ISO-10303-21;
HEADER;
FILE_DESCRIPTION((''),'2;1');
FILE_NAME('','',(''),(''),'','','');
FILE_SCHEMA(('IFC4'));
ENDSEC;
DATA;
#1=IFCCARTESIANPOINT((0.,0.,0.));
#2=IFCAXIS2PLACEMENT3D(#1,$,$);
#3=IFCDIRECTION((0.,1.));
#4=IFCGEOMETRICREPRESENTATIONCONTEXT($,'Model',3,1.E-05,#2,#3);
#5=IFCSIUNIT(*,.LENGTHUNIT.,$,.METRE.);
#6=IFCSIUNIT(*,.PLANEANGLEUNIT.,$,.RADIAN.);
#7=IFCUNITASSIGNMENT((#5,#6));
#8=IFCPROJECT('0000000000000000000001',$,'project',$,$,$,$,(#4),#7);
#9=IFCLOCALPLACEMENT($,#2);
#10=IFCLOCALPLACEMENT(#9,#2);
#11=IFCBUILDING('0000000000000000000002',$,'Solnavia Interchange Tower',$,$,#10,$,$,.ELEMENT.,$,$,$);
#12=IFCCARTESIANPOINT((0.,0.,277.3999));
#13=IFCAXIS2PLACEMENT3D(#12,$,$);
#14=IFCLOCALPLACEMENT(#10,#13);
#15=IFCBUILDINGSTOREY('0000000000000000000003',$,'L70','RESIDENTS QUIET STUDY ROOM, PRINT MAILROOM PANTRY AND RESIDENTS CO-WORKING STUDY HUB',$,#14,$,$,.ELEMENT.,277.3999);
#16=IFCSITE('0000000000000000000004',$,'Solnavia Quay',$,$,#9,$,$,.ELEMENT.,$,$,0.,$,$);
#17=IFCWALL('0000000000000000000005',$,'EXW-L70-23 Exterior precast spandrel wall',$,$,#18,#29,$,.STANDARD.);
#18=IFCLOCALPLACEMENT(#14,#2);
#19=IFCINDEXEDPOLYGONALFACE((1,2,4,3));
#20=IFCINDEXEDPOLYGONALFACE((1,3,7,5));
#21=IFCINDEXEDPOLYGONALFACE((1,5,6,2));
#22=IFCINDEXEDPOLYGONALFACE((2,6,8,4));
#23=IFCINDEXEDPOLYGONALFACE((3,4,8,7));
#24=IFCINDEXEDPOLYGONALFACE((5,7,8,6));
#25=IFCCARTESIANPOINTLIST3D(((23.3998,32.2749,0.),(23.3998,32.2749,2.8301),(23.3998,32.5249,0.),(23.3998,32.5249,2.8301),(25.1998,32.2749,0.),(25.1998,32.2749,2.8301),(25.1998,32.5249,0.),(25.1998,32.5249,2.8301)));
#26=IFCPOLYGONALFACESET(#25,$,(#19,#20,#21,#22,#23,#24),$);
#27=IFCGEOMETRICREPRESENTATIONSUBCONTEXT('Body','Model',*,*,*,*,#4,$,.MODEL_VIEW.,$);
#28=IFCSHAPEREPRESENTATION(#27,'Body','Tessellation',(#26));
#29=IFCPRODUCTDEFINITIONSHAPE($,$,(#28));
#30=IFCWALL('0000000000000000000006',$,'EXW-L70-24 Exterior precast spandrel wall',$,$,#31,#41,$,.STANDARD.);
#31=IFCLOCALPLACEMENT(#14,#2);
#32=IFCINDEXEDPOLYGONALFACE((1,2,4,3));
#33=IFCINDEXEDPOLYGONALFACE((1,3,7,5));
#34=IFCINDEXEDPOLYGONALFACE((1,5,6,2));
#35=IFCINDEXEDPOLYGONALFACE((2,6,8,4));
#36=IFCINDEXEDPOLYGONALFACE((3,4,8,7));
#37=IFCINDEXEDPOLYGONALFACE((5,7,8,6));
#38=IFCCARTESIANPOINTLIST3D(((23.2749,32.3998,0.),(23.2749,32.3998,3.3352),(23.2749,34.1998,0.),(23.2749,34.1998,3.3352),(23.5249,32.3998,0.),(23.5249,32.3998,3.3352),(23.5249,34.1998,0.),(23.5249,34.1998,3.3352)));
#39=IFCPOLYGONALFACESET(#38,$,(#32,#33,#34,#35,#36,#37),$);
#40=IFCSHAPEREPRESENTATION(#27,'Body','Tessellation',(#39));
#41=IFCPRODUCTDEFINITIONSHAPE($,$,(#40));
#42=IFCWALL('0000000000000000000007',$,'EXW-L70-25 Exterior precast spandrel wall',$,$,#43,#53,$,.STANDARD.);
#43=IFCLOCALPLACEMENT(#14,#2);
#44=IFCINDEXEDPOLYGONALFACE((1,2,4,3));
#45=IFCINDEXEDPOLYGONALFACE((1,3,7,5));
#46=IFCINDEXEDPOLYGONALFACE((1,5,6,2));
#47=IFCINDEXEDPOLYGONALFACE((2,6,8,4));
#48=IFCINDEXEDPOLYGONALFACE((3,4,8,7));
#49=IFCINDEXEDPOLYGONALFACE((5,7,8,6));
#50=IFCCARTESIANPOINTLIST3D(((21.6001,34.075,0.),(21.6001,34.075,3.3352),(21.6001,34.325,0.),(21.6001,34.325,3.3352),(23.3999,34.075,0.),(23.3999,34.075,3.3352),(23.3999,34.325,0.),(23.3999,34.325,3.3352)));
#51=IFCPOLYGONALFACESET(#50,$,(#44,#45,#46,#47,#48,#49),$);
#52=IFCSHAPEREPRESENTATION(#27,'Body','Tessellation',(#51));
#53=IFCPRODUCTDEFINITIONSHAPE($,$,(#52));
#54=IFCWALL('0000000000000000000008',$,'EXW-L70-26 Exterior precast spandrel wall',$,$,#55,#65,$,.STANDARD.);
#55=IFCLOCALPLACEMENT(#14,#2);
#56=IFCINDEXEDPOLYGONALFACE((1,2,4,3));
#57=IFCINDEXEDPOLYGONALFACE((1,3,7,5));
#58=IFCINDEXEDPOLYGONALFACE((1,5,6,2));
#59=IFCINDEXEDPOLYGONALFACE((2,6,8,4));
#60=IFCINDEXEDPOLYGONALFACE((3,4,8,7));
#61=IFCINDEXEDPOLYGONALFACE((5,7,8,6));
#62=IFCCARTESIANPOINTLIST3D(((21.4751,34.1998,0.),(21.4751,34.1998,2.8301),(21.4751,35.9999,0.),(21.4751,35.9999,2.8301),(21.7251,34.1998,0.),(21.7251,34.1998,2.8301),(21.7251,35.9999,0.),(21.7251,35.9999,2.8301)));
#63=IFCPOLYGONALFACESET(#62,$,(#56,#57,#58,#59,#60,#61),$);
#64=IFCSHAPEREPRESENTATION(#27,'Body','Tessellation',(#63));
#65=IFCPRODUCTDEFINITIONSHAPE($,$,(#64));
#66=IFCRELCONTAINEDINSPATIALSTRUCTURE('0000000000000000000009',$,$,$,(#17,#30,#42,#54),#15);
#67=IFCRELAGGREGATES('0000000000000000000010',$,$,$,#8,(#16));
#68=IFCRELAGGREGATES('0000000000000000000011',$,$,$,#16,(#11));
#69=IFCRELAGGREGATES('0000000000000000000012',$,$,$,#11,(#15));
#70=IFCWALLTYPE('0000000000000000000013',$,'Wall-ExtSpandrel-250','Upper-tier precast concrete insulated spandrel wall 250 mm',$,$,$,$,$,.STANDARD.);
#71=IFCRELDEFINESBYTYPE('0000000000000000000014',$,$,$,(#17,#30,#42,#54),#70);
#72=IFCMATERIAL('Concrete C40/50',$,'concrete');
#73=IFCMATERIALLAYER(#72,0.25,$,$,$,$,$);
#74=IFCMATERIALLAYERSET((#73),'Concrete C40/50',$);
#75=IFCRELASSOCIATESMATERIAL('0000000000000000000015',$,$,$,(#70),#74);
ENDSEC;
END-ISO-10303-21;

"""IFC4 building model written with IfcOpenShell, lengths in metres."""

from ifc_helpers import new_model, si_unit, direction, frame, frame_2d, origin, place, context, subcontext, project, spatial, rectangle, extrude, material, layer, layer_set, type_object, element, save


model = new_model("IFC4")

# Units and contexts
model_context = context("Model", 3, precision=1e-05, world=origin(), true_north=direction((0.0, 1.0)))
body_context = subcontext(model_context, "Body", "Model", "MODEL_VIEW")
ifc_project = project(units=[si_unit("LENGTHUNIT", "METRE"), si_unit("PLANEANGLEUNIT", "RADIAN")], contexts=[model_context])

# Site, building, storey
site_placement = place(None, origin())
site = spatial("IfcSite", under=ifc_project, at=site_placement, Name="Solnavia Quay", CompositionType="ELEMENT", RefElevation=0.0)
building_placement = place(site_placement, origin())
building = spatial("IfcBuilding", under=site, at=building_placement, Name="Solnavia Interchange Tower", CompositionType="ELEMENT")
storey_placement = place(building_placement, frame((0.0, 0.0, 277.3999)))
storey = spatial("IfcBuildingStorey", under=building, at=storey_placement, Name="L70", Description="RESIDENTS QUIET STUDY ROOM, PRINT MAILROOM PANTRY AND RESIDENTS CO-WORKING STUDY HUB", CompositionType="ELEMENT", Elevation=277.3999)

# Shared definitions
ifc_material_1 = material(Name="Concrete C40/50", Category="concrete")
ifc_layer = layer(ifc_material_1, 0.25)
ifc_layer_set = layer_set([ifc_layer], Name="Concrete C40/50")
wall_type = type_object("IfcWallType", Name="Wall-ExtSpandrel-250", Description="Upper-tier precast concrete insulated spandrel wall 250 mm", PredefinedType="STANDARD", material=ifc_layer_set)

# Walls
wall_1_placement = place(storey_placement, frame((23.3999, 32.3999, 0.0), z_axis=(0.0, 0.0, 1.0), x_axis=(1.0, 0.0, 0.0)))
element("IfcWall", 1, at=wall_1_placement, inside=storey, type_object=wall_type, Name="EXW-L70-23 Exterior precast spandrel wall", PredefinedType="STANDARD", context=body_context, shape_type="SweptSolid", body=[
    extrude(rectangle(XDim=1.8, YDim=0.25, at=frame_2d((0.8999, 0.0))), origin(), (0.0, 0.0, 1.0), 2.8301),
])
wall_2_placement = place(storey_placement, frame((23.3999, 32.3999, 0.0), z_axis=(0.0, 0.0, 1.0), x_axis=(0.0, 1.0, 0.0)))
element("IfcWall", 2, at=wall_2_placement, inside=storey, type_object=wall_type, Name="EXW-L70-24 Exterior precast spandrel wall", PredefinedType="STANDARD", context=body_context, shape_type="SweptSolid", body=[
    extrude(rectangle(XDim=1.8, YDim=0.25, at=frame_2d((0.8999, 0.0))), origin(), (0.0, 0.0, 1.0), 3.3352),
])
wall_3_placement = place(storey_placement, frame((21.6001, 34.2, 0.0), z_axis=(0.0, 0.0, 1.0), x_axis=(1.0, 0.0, 0.0)))
element("IfcWall", 3, at=wall_3_placement, inside=storey, type_object=wall_type, Name="EXW-L70-25 Exterior precast spandrel wall", PredefinedType="STANDARD", context=body_context, shape_type="SweptSolid", body=[
    extrude(rectangle(XDim=1.7998, YDim=0.25, at=frame_2d((0.8999, 0.0))), origin(), (0.0, 0.0, 1.0), 3.3352),
])
wall_4_placement = place(storey_placement, frame((21.6001, 34.2, 0.0), z_axis=(0.0, 0.0, 1.0), x_axis=(0.0, 1.0, 0.0)))
element("IfcWall", 4, at=wall_4_placement, inside=storey, type_object=wall_type, Name="EXW-L70-26 Exterior precast spandrel wall", PredefinedType="STANDARD", context=body_context, shape_type="SweptSolid", body=[
    extrude(rectangle(XDim=1.8, YDim=0.25, at=frame_2d((0.8999, 0.0))), origin(), (0.0, 0.0, 1.0), 2.8301),
])

save(model, "model.ifc")
